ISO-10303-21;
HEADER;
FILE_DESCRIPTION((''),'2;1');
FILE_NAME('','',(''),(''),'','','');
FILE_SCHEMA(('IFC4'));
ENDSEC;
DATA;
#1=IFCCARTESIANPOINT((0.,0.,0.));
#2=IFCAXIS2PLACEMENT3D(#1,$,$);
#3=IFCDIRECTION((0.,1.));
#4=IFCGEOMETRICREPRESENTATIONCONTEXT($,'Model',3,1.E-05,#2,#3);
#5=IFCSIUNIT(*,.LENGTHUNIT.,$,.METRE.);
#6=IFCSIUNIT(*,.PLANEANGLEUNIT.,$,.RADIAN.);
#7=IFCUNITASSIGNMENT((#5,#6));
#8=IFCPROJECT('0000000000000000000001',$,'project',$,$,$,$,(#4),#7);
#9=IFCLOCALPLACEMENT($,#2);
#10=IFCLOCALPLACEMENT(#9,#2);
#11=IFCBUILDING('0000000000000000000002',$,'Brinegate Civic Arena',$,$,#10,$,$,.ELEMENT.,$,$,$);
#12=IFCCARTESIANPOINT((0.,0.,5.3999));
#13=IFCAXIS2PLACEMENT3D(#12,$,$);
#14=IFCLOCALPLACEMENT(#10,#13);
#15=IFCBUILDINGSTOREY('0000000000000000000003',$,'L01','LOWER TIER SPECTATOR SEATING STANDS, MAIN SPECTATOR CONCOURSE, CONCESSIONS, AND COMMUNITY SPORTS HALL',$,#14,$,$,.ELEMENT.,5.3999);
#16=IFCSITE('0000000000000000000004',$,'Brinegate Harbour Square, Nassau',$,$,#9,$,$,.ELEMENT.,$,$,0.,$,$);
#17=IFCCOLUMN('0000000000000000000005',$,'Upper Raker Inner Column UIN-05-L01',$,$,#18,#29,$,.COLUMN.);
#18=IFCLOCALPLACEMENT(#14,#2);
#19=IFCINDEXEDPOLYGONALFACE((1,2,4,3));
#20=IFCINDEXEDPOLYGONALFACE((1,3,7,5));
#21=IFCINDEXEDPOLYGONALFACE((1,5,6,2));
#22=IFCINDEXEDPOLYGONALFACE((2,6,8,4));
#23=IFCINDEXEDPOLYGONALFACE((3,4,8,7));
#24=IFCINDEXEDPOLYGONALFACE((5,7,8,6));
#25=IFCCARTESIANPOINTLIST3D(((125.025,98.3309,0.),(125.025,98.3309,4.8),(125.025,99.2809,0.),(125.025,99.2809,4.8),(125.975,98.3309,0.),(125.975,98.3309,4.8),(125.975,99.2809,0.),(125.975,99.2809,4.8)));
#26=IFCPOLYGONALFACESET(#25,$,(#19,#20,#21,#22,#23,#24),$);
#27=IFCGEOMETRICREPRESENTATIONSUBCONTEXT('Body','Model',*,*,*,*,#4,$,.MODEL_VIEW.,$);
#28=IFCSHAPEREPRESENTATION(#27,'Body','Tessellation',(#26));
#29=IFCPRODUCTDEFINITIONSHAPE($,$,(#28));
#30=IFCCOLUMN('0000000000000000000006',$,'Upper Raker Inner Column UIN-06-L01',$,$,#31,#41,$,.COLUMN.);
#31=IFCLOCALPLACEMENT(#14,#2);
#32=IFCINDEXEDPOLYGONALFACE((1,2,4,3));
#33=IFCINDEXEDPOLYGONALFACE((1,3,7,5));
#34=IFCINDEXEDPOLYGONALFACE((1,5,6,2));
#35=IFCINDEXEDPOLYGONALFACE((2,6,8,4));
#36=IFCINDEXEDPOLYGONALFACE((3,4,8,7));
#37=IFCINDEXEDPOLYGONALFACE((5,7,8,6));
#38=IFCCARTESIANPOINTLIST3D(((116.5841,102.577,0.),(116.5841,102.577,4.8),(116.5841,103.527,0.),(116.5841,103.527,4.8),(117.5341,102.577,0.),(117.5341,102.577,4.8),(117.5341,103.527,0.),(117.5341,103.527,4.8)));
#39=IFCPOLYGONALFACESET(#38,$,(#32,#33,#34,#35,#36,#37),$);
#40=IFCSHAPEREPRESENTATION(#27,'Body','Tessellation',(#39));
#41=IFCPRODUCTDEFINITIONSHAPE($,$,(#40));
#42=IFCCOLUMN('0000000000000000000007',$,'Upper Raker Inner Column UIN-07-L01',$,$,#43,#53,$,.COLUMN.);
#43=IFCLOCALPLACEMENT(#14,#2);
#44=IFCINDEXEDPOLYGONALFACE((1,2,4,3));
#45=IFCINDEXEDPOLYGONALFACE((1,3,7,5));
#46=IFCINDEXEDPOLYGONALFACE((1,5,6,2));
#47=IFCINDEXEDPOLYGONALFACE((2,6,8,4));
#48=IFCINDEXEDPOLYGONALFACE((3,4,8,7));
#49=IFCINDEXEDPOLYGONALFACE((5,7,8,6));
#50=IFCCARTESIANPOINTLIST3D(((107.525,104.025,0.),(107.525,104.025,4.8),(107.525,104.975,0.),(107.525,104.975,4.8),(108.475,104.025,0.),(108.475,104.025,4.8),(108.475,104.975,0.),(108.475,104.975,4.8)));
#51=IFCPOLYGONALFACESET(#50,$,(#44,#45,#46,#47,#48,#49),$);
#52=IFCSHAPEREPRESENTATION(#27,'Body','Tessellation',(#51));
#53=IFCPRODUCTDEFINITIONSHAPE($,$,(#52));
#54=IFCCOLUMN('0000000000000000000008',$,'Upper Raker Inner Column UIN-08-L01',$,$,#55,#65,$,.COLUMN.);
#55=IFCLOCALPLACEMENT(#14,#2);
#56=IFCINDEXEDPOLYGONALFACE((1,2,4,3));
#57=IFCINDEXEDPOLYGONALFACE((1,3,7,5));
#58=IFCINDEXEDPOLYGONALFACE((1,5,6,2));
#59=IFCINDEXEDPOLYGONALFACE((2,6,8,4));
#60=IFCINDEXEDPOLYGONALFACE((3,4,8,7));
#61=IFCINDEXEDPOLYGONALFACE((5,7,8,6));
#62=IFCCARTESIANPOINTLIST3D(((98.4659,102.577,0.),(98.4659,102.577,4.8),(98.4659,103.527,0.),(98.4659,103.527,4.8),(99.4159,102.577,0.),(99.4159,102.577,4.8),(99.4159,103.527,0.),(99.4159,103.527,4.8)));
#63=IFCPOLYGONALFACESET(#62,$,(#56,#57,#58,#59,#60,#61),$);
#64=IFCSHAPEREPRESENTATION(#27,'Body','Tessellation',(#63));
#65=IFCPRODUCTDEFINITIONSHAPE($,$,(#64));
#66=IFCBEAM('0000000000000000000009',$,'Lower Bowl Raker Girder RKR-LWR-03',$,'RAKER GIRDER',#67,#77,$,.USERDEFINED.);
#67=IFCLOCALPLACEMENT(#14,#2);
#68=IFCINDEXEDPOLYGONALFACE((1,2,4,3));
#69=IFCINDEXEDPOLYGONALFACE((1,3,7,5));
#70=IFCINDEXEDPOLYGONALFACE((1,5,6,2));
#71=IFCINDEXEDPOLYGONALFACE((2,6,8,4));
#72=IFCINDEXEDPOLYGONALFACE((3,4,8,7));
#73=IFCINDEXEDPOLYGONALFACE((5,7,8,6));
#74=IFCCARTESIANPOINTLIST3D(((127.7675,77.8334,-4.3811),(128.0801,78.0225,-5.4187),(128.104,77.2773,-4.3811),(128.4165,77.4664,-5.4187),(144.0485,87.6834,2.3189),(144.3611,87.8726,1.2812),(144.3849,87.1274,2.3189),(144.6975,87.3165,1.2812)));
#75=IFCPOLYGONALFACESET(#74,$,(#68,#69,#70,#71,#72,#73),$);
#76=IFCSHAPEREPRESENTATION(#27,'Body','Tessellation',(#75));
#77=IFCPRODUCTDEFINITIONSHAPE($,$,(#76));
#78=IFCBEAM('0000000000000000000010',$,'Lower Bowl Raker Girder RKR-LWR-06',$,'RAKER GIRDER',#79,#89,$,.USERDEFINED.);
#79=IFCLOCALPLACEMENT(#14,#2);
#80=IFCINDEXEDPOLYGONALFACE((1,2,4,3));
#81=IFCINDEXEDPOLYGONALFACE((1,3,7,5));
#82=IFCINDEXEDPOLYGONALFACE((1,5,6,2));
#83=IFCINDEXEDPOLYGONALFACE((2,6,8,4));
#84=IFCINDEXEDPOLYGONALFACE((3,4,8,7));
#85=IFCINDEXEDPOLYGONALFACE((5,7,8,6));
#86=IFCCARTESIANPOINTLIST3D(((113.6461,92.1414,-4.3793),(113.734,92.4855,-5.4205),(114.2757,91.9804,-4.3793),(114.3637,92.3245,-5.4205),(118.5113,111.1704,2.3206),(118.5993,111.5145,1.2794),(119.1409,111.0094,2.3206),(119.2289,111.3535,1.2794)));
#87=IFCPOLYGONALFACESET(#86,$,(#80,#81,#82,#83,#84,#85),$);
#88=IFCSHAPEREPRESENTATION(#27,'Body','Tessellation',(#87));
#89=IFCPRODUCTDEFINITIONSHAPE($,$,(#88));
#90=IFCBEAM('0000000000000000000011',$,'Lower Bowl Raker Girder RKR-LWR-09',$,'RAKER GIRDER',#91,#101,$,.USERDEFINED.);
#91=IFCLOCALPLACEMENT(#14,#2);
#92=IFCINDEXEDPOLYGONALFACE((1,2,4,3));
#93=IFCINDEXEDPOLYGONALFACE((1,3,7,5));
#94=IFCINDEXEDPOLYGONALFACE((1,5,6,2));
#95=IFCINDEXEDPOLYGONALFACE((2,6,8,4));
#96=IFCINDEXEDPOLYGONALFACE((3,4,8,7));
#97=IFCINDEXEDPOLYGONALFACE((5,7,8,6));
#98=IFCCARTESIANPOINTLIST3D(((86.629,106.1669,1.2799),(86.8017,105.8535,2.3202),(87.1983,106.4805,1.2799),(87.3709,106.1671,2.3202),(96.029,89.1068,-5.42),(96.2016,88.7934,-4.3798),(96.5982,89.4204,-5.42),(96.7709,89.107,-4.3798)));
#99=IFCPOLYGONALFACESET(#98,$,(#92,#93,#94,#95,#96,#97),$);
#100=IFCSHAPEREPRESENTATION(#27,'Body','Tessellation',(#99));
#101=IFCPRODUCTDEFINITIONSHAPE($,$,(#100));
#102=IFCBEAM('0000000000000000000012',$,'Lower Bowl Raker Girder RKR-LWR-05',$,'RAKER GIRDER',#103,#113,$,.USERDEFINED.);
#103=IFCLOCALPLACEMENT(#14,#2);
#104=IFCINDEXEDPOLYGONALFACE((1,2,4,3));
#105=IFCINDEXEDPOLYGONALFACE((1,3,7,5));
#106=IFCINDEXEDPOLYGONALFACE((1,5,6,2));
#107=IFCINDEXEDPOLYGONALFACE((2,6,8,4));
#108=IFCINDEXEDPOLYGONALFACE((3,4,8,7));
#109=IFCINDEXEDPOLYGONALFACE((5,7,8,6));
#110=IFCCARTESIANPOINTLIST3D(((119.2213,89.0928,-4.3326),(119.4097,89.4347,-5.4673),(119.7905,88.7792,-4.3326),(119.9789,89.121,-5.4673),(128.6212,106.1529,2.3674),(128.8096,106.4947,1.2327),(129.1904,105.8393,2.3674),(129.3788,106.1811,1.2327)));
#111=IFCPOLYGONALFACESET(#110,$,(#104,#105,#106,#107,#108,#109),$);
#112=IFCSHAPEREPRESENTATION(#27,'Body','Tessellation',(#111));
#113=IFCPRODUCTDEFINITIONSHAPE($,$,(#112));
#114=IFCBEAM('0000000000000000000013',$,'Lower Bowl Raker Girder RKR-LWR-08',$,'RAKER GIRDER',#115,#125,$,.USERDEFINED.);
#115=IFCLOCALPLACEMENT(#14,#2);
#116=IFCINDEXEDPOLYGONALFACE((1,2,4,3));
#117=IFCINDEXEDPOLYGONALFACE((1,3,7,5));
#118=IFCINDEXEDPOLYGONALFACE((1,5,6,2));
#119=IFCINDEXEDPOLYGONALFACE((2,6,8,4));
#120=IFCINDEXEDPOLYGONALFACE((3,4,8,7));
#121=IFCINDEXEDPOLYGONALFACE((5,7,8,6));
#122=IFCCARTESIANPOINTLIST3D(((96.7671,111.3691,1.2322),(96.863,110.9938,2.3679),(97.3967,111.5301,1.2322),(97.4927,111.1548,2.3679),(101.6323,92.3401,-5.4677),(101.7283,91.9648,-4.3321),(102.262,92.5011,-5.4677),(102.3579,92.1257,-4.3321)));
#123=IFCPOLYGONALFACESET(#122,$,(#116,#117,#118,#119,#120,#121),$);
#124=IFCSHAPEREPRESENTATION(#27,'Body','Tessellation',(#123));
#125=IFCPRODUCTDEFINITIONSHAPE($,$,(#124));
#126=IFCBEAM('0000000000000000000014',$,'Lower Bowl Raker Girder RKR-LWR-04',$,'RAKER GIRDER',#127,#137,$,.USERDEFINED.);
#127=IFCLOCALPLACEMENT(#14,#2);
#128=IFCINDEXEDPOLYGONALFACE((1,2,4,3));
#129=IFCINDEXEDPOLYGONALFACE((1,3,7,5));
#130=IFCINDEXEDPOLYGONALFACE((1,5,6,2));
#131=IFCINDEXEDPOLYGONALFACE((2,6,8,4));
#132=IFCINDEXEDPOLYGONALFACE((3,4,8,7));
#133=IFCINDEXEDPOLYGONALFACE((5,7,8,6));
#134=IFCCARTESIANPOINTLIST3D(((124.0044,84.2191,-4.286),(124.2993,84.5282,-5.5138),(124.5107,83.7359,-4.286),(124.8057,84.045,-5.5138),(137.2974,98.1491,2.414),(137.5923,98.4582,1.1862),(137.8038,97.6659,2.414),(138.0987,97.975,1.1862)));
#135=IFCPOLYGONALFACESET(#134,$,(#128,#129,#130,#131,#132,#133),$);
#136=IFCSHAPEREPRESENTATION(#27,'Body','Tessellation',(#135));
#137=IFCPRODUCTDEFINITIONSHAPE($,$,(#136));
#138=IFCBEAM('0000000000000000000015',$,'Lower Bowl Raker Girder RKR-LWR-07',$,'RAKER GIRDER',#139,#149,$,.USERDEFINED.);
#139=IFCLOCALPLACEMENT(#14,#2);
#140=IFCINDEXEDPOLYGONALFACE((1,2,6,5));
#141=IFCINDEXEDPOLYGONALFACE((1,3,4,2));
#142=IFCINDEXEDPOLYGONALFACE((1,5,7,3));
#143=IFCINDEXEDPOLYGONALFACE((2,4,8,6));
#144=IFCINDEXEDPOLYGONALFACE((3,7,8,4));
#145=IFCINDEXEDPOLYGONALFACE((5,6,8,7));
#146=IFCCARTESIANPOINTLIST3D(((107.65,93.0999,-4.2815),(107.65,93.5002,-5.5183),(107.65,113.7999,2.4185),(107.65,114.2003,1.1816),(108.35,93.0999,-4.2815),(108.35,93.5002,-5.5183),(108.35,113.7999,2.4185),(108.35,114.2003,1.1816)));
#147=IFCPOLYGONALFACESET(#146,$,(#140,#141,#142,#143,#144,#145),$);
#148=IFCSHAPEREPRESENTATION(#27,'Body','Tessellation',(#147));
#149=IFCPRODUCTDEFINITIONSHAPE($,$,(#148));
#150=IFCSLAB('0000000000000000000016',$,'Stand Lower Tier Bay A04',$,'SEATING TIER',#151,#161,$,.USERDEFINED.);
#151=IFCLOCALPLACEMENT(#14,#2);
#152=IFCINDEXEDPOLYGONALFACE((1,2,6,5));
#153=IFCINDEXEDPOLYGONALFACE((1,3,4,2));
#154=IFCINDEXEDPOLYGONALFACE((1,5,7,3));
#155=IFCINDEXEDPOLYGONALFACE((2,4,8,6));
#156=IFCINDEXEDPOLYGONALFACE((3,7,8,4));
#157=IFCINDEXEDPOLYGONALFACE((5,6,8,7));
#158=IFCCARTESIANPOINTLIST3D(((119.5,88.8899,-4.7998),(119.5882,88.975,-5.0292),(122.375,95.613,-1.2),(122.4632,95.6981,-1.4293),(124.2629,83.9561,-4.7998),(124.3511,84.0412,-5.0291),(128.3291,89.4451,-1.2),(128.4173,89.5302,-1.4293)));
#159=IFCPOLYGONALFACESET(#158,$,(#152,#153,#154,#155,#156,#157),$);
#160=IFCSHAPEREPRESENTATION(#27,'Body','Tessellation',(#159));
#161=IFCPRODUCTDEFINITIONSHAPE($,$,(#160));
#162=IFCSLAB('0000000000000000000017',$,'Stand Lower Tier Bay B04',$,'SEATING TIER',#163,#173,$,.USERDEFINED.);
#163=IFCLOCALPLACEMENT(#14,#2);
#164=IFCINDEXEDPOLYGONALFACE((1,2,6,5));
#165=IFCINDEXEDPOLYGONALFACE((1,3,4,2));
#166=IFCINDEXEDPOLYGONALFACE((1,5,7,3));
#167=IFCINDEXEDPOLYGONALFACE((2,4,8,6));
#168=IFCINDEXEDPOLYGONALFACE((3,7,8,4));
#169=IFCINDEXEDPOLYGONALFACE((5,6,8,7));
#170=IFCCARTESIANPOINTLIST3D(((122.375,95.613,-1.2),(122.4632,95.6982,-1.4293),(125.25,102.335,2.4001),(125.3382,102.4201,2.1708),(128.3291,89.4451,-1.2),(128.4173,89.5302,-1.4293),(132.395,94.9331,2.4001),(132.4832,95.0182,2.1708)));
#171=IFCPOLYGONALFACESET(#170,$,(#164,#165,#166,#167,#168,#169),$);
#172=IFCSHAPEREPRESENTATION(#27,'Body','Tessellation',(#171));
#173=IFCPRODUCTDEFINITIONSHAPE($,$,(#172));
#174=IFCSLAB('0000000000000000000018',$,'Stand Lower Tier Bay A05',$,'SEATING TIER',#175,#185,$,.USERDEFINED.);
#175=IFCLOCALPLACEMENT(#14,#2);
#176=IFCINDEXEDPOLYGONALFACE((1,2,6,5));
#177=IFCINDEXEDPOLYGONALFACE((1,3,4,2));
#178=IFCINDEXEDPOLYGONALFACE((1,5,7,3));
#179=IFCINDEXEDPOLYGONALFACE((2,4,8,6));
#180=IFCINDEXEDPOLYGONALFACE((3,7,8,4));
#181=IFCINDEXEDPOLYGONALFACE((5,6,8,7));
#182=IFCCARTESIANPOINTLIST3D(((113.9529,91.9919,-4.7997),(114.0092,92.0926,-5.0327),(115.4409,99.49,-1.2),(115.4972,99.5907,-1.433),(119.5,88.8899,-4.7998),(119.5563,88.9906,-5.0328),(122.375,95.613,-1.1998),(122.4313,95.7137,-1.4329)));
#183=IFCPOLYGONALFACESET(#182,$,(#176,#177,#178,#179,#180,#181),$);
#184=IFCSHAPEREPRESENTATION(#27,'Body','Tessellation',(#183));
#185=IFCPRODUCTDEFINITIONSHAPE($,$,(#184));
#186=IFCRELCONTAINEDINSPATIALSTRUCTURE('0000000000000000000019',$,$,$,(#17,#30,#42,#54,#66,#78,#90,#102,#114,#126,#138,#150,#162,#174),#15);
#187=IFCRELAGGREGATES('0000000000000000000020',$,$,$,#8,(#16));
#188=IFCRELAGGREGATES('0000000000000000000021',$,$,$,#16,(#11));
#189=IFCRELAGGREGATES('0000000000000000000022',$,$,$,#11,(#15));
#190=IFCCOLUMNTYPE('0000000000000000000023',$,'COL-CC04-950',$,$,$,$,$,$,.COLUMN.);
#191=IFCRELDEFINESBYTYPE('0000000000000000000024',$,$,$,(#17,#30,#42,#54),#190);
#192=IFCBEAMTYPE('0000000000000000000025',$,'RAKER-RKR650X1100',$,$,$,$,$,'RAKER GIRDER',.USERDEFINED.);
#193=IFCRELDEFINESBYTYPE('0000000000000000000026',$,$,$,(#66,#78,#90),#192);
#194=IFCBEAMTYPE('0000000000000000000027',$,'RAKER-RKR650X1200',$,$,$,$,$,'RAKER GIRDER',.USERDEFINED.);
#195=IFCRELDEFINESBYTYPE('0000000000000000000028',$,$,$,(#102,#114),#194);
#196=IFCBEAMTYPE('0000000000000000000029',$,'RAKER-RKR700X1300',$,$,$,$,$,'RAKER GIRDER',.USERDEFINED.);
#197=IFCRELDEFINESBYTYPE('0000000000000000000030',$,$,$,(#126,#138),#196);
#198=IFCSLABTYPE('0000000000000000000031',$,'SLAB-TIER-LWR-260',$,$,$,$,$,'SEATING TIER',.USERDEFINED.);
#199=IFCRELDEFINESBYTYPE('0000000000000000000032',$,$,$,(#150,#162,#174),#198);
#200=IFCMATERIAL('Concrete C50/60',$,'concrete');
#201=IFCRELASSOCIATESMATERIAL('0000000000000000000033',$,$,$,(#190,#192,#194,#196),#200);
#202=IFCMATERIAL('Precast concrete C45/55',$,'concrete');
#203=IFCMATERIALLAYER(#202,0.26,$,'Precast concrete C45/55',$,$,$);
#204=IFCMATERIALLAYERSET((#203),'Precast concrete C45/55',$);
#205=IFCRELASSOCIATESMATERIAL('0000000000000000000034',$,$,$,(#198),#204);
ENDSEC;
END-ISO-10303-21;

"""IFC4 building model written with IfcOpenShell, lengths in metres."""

from ifc_helpers import new_model, si_unit, direction, frame, origin, origin_2d, place, context, subcontext, project, spatial, polyline, rectangle, outline, extrude, material, layer, layer_set, material_profile, profile_set, type_object, element, save


model = new_model("IFC4")

# Units and contexts
model_context = context("Model", 3, precision=1e-05, world=origin(), true_north=direction((0.0, 1.0)))
body_context = subcontext(model_context, "Body", "Model", "MODEL_VIEW")
ifc_project = project(units=[si_unit("LENGTHUNIT", "METRE"), si_unit("PLANEANGLEUNIT", "RADIAN")], contexts=[model_context])

# Site, building, storey
site_placement = place(None, origin())
site = spatial("IfcSite", under=ifc_project, at=site_placement, Name="Brinegate Harbour Square, Nassau", CompositionType="ELEMENT", RefElevation=0.0)
building_placement = place(site_placement, origin())
building = spatial("IfcBuilding", under=site, at=building_placement, Name="Brinegate Civic Arena", CompositionType="ELEMENT")
storey_placement = place(building_placement, frame((0.0, 0.0, 5.3999)))
storey = spatial("IfcBuildingStorey", under=building, at=storey_placement, Name="L01", Description="LOWER TIER SPECTATOR SEATING STANDS, MAIN SPECTATOR CONCOURSE, CONCESSIONS, AND COMMUNITY SPORTS HALL", CompositionType="ELEMENT", Elevation=5.3999)

# Columns
ifc_material_1 = material(Name="Concrete C50/60", Category="concrete")
ifc_material_profile_1 = material_profile(ifc_material_1, rectangle(XDim=0.95, YDim=0.95, at=origin_2d()), Name="RC950X950")
ifc_profile_set_1 = profile_set([ifc_material_profile_1], Name="Concrete C50/60")
column_type = type_object("IfcColumnType", Name="COL-CC04-950", PredefinedType="COLUMN", material=ifc_profile_set_1)
for number, where, z_axis, x_axis, name in (
    (1, (125.5, 98.8059, 0.0), (0.0, 0.0, 1.0), (1.0, 0.0, 0.0), "Upper Raker Inner Column UIN-05-L01"),
    (2, (117.0591, 103.052, 0.0), (0.0, 0.0, 1.0), (1.0, 0.0, 0.0), "Upper Raker Inner Column UIN-06-L01"),
    (3, (108.0, 104.5, 0.0), (0.0, 0.0, 1.0), (1.0, 0.0, 0.0), "Upper Raker Inner Column UIN-07-L01"),
    (4, (98.9409, 103.052, 0.0), (0.0, 0.0, 1.0), (1.0, 0.0, 0.0), "Upper Raker Inner Column UIN-08-L01"),
):
    element("IfcColumn", number, at=place(storey_placement, frame(where, z_axis=z_axis, x_axis=x_axis)), inside=storey, type_object=column_type, Name=name, PredefinedType="COLUMN", context=body_context, shape_type="SweptSolid", body=[
        extrude(rectangle(XDim=0.95, YDim=0.95, at=origin_2d()), origin(), (0.0, 0.0, 1.0), 4.8),
    ])

# Beams
ifc_material_profile_2 = material_profile(ifc_material_1, rectangle(XDim=0.6499, YDim=1.1001, at=origin_2d()), Name="RKR650X1100")
ifc_profile_set_2 = profile_set([ifc_material_profile_2], Name="Concrete C50/60")
beam_type_1 = type_object("IfcBeamType", Name="RAKER-RKR650X1100", ElementType="RAKER GIRDER", PredefinedType="USERDEFINED", material=ifc_profile_set_2)
beam_1_placement = place(storey_placement, frame((128.092, 77.6499, -4.8999), z_axis=(0.807034, 0.48826, 0.33211), x_axis=(-0.517641, 0.855598, 0.0)))
element("IfcBeam", 5, at=beam_1_placement, inside=storey, type_object=beam_type_1, Name="Lower Bowl Raker Girder RKR-LWR-03", ObjectType="RAKER GIRDER", PredefinedType="USERDEFINED", context=body_context, shape_type="SweptSolid", body=[
    extrude(rectangle(XDim=0.6499, YDim=1.1001, at=origin_2d()), origin(), (0.0, 0.0, 1.0), 20.1738),
])
beam_2_placement = place(storey_placement, frame((114.0049, 92.2329, -4.8999), z_axis=(0.234441, 0.916954, 0.322851), x_axis=(-0.968835, 0.247706, 0.0)))
element("IfcBeam", 6, at=beam_2_placement, inside=storey, type_object=beam_type_1, Name="Lower Bowl Raker Girder RKR-LWR-06", ObjectType="RAKER GIRDER", PredefinedType="USERDEFINED", context=body_context, shape_type="SweptSolid", body=[
    extrude(rectangle(XDim=0.6499, YDim=1.1001, at=origin_2d()), origin(), (0.0, 0.0, 1.0), 20.7524),
])
beam_3_placement = place(storey_placement, frame((96.3999, 89.1069, -4.8999), z_axis=(-0.456342, 0.828223, 0.325266), x_axis=(-0.87585, -0.482584, 0.0)))
element("IfcBeam", 7, at=beam_3_placement, inside=storey, type_object=beam_type_1, Name="Lower Bowl Raker Girder RKR-LWR-09", ObjectType="RAKER GIRDER", PredefinedType="USERDEFINED", context=body_context, shape_type="SweptSolid", body=[
    extrude(rectangle(XDim=0.6499, YDim=1.1001, at=origin_2d()), origin(), (0.0, 0.0, 1.0), 20.5984),
])
ifc_material_profile_3 = material_profile(ifc_material_1, rectangle(XDim=0.6499, YDim=1.2, at=origin_2d()), Name="RKR650X1200")
ifc_profile_set_3 = profile_set([ifc_material_profile_3], Name="Concrete C50/60")
beam_type_2 = type_object("IfcBeamType", Name="RAKER-RKR650X1200", ElementType="RAKER GIRDER", PredefinedType="USERDEFINED", material=ifc_profile_set_3)
beam_4_placement = place(storey_placement, frame((119.6001, 89.1069, -4.8999), z_axis=(0.456342, 0.828223, 0.325266), x_axis=(-0.87585, 0.482584, 0.0)))
element("IfcBeam", 8, at=beam_4_placement, inside=storey, type_object=beam_type_2, Name="Lower Bowl Raker Girder RKR-LWR-05", ObjectType="RAKER GIRDER", PredefinedType="USERDEFINED", context=body_context, shape_type="SweptSolid", body=[
    extrude(rectangle(XDim=0.6499, YDim=1.2, at=origin_2d()), origin(), (0.0, 0.0, 1.0), 20.5984),
])
beam_5_placement = place(storey_placement, frame((101.9951, 92.2329, -4.8999), z_axis=(-0.234441, 0.916954, 0.322851), x_axis=(-0.968835, -0.247706, 0.0)))
element("IfcBeam", 9, at=beam_5_placement, inside=storey, type_object=beam_type_2, Name="Lower Bowl Raker Girder RKR-LWR-08", ObjectType="RAKER GIRDER", PredefinedType="USERDEFINED", context=body_context, shape_type="SweptSolid", body=[
    extrude(rectangle(XDim=0.6499, YDim=1.2, at=origin_2d()), origin(), (0.0, 0.0, 1.0), 20.7524),
])
ifc_material_profile_4 = material_profile(ifc_material_1, rectangle(XDim=0.7, YDim=1.3, at=origin_2d()), Name="RKR700X1300")
ifc_profile_set_4 = profile_set([ifc_material_profile_4], Name="Concrete C50/60")
beam_type_3 = type_object("IfcBeamType", Name="RAKER-RKR700X1300", ElementType="RAKER GIRDER", PredefinedType="USERDEFINED", material=ifc_profile_set_4)
beam_6_placement = place(storey_placement, frame((124.405, 84.1321, -4.8999), z_axis=(0.652027, 0.683271, 0.328636), x_axis=(-0.723454, 0.690373, 0.0)))
element("IfcBeam", 10, at=beam_6_placement, inside=storey, type_object=beam_type_3, Name="Lower Bowl Raker Girder RKR-LWR-04", ObjectType="RAKER GIRDER", PredefinedType="USERDEFINED", context=body_context, shape_type="SweptSolid", body=[
    extrude(rectangle(XDim=0.7, YDim=1.3, at=origin_2d()), origin(), (0.0, 0.0, 1.0), 20.3872),
])
beam_7_placement = place(storey_placement, frame((108.0, 93.3, -4.8999), z_axis=(0.0, 0.951405, 0.307941), x_axis=(-1.0, 0.0, 0.0)))
element("IfcBeam", 11, at=beam_7_placement, inside=storey, type_object=beam_type_3, Name="Lower Bowl Raker Girder RKR-LWR-07", ObjectType="RAKER GIRDER", PredefinedType="USERDEFINED", context=body_context, shape_type="SweptSolid", body=[
    extrude(rectangle(XDim=0.7, YDim=1.3, at=origin_2d()), origin(), (0.0, 0.0, 1.0), 21.7573),
])

# Slabs
ifc_material_2 = material(Name="Precast concrete C45/55", Category="concrete")
ifc_layer = layer(ifc_material_2, 0.26, Name="Precast concrete C45/55")
ifc_layer_set = layer_set([ifc_layer], Name="Precast concrete C45/55")
slab_type = type_object("IfcSlabType", Name="SLAB-TIER-LWR-260", ElementType="SEATING TIER", PredefinedType="USERDEFINED", material=ifc_layer_set)
slab_1_placement = place(storey_placement, frame((124.2629, 83.9561, -4.7998), z_axis=(-0.339037, -0.327287, 0.882007), x_axis=(-0.694535, 0.719459, -0.000004)))
element("IfcSlab", 12, at=slab_1_placement, inside=storey, type_object=slab_type, Name="Stand Lower Tier Bay A04", ObjectType="SEATING TIER", PredefinedType="USERDEFINED", context=body_context, shape_type="SweptSolid", body=[
    extrude(outline(polyline([(0.0, 0.0), (6.8577, 0.0), (9.6979, -7.6393), (1.125, -7.6391), (0.0, 0.0)])), origin(), (0.0, 0.0, -1.0), 0.26),
])
slab_2_placement = place(storey_placement, frame((128.3291, 89.4451, -1.2), z_axis=(-0.339095, -0.327332, 0.881968), x_axis=(-0.694522, 0.719471, -0.000003)))
element("IfcSlab", 13, at=slab_2_placement, inside=storey, type_object=slab_type, Name="Stand Lower Tier Bay B04", ObjectType="SEATING TIER", PredefinedType="USERDEFINED", context=body_context, shape_type="SweptSolid", body=[
    extrude(outline(polyline([(0.0, 0.0), (8.5729, 0.0), (11.4124, -7.6386), (1.1246, -7.6385), (0.0, 0.0)])), origin(), (0.0, 0.0, -1.0), 0.26),
])
slab_3_placement = place(storey_placement, frame((119.5, 88.8899, -4.7998), z_axis=(-0.216545, -0.387268, 0.896176), x_axis=(-0.872801, 0.488076, 0.000017)))
element("IfcSlab", 14, at=slab_3_placement, inside=storey, type_object=slab_type, Name="Stand Lower Tier Bay A05", ObjectType="SEATING TIER", PredefinedType="USERDEFINED", context=body_context, shape_type="SweptSolid", body=[
    extrude(outline(polyline([(0.0, 0.0), (6.3556, 0.0), (8.7165, -8.1129), (0.7722, -8.1135), (0.0, 0.0)])), origin(), (0.0, 0.0, -1.0), 0.26),
])

save(model, "model.ifc")
